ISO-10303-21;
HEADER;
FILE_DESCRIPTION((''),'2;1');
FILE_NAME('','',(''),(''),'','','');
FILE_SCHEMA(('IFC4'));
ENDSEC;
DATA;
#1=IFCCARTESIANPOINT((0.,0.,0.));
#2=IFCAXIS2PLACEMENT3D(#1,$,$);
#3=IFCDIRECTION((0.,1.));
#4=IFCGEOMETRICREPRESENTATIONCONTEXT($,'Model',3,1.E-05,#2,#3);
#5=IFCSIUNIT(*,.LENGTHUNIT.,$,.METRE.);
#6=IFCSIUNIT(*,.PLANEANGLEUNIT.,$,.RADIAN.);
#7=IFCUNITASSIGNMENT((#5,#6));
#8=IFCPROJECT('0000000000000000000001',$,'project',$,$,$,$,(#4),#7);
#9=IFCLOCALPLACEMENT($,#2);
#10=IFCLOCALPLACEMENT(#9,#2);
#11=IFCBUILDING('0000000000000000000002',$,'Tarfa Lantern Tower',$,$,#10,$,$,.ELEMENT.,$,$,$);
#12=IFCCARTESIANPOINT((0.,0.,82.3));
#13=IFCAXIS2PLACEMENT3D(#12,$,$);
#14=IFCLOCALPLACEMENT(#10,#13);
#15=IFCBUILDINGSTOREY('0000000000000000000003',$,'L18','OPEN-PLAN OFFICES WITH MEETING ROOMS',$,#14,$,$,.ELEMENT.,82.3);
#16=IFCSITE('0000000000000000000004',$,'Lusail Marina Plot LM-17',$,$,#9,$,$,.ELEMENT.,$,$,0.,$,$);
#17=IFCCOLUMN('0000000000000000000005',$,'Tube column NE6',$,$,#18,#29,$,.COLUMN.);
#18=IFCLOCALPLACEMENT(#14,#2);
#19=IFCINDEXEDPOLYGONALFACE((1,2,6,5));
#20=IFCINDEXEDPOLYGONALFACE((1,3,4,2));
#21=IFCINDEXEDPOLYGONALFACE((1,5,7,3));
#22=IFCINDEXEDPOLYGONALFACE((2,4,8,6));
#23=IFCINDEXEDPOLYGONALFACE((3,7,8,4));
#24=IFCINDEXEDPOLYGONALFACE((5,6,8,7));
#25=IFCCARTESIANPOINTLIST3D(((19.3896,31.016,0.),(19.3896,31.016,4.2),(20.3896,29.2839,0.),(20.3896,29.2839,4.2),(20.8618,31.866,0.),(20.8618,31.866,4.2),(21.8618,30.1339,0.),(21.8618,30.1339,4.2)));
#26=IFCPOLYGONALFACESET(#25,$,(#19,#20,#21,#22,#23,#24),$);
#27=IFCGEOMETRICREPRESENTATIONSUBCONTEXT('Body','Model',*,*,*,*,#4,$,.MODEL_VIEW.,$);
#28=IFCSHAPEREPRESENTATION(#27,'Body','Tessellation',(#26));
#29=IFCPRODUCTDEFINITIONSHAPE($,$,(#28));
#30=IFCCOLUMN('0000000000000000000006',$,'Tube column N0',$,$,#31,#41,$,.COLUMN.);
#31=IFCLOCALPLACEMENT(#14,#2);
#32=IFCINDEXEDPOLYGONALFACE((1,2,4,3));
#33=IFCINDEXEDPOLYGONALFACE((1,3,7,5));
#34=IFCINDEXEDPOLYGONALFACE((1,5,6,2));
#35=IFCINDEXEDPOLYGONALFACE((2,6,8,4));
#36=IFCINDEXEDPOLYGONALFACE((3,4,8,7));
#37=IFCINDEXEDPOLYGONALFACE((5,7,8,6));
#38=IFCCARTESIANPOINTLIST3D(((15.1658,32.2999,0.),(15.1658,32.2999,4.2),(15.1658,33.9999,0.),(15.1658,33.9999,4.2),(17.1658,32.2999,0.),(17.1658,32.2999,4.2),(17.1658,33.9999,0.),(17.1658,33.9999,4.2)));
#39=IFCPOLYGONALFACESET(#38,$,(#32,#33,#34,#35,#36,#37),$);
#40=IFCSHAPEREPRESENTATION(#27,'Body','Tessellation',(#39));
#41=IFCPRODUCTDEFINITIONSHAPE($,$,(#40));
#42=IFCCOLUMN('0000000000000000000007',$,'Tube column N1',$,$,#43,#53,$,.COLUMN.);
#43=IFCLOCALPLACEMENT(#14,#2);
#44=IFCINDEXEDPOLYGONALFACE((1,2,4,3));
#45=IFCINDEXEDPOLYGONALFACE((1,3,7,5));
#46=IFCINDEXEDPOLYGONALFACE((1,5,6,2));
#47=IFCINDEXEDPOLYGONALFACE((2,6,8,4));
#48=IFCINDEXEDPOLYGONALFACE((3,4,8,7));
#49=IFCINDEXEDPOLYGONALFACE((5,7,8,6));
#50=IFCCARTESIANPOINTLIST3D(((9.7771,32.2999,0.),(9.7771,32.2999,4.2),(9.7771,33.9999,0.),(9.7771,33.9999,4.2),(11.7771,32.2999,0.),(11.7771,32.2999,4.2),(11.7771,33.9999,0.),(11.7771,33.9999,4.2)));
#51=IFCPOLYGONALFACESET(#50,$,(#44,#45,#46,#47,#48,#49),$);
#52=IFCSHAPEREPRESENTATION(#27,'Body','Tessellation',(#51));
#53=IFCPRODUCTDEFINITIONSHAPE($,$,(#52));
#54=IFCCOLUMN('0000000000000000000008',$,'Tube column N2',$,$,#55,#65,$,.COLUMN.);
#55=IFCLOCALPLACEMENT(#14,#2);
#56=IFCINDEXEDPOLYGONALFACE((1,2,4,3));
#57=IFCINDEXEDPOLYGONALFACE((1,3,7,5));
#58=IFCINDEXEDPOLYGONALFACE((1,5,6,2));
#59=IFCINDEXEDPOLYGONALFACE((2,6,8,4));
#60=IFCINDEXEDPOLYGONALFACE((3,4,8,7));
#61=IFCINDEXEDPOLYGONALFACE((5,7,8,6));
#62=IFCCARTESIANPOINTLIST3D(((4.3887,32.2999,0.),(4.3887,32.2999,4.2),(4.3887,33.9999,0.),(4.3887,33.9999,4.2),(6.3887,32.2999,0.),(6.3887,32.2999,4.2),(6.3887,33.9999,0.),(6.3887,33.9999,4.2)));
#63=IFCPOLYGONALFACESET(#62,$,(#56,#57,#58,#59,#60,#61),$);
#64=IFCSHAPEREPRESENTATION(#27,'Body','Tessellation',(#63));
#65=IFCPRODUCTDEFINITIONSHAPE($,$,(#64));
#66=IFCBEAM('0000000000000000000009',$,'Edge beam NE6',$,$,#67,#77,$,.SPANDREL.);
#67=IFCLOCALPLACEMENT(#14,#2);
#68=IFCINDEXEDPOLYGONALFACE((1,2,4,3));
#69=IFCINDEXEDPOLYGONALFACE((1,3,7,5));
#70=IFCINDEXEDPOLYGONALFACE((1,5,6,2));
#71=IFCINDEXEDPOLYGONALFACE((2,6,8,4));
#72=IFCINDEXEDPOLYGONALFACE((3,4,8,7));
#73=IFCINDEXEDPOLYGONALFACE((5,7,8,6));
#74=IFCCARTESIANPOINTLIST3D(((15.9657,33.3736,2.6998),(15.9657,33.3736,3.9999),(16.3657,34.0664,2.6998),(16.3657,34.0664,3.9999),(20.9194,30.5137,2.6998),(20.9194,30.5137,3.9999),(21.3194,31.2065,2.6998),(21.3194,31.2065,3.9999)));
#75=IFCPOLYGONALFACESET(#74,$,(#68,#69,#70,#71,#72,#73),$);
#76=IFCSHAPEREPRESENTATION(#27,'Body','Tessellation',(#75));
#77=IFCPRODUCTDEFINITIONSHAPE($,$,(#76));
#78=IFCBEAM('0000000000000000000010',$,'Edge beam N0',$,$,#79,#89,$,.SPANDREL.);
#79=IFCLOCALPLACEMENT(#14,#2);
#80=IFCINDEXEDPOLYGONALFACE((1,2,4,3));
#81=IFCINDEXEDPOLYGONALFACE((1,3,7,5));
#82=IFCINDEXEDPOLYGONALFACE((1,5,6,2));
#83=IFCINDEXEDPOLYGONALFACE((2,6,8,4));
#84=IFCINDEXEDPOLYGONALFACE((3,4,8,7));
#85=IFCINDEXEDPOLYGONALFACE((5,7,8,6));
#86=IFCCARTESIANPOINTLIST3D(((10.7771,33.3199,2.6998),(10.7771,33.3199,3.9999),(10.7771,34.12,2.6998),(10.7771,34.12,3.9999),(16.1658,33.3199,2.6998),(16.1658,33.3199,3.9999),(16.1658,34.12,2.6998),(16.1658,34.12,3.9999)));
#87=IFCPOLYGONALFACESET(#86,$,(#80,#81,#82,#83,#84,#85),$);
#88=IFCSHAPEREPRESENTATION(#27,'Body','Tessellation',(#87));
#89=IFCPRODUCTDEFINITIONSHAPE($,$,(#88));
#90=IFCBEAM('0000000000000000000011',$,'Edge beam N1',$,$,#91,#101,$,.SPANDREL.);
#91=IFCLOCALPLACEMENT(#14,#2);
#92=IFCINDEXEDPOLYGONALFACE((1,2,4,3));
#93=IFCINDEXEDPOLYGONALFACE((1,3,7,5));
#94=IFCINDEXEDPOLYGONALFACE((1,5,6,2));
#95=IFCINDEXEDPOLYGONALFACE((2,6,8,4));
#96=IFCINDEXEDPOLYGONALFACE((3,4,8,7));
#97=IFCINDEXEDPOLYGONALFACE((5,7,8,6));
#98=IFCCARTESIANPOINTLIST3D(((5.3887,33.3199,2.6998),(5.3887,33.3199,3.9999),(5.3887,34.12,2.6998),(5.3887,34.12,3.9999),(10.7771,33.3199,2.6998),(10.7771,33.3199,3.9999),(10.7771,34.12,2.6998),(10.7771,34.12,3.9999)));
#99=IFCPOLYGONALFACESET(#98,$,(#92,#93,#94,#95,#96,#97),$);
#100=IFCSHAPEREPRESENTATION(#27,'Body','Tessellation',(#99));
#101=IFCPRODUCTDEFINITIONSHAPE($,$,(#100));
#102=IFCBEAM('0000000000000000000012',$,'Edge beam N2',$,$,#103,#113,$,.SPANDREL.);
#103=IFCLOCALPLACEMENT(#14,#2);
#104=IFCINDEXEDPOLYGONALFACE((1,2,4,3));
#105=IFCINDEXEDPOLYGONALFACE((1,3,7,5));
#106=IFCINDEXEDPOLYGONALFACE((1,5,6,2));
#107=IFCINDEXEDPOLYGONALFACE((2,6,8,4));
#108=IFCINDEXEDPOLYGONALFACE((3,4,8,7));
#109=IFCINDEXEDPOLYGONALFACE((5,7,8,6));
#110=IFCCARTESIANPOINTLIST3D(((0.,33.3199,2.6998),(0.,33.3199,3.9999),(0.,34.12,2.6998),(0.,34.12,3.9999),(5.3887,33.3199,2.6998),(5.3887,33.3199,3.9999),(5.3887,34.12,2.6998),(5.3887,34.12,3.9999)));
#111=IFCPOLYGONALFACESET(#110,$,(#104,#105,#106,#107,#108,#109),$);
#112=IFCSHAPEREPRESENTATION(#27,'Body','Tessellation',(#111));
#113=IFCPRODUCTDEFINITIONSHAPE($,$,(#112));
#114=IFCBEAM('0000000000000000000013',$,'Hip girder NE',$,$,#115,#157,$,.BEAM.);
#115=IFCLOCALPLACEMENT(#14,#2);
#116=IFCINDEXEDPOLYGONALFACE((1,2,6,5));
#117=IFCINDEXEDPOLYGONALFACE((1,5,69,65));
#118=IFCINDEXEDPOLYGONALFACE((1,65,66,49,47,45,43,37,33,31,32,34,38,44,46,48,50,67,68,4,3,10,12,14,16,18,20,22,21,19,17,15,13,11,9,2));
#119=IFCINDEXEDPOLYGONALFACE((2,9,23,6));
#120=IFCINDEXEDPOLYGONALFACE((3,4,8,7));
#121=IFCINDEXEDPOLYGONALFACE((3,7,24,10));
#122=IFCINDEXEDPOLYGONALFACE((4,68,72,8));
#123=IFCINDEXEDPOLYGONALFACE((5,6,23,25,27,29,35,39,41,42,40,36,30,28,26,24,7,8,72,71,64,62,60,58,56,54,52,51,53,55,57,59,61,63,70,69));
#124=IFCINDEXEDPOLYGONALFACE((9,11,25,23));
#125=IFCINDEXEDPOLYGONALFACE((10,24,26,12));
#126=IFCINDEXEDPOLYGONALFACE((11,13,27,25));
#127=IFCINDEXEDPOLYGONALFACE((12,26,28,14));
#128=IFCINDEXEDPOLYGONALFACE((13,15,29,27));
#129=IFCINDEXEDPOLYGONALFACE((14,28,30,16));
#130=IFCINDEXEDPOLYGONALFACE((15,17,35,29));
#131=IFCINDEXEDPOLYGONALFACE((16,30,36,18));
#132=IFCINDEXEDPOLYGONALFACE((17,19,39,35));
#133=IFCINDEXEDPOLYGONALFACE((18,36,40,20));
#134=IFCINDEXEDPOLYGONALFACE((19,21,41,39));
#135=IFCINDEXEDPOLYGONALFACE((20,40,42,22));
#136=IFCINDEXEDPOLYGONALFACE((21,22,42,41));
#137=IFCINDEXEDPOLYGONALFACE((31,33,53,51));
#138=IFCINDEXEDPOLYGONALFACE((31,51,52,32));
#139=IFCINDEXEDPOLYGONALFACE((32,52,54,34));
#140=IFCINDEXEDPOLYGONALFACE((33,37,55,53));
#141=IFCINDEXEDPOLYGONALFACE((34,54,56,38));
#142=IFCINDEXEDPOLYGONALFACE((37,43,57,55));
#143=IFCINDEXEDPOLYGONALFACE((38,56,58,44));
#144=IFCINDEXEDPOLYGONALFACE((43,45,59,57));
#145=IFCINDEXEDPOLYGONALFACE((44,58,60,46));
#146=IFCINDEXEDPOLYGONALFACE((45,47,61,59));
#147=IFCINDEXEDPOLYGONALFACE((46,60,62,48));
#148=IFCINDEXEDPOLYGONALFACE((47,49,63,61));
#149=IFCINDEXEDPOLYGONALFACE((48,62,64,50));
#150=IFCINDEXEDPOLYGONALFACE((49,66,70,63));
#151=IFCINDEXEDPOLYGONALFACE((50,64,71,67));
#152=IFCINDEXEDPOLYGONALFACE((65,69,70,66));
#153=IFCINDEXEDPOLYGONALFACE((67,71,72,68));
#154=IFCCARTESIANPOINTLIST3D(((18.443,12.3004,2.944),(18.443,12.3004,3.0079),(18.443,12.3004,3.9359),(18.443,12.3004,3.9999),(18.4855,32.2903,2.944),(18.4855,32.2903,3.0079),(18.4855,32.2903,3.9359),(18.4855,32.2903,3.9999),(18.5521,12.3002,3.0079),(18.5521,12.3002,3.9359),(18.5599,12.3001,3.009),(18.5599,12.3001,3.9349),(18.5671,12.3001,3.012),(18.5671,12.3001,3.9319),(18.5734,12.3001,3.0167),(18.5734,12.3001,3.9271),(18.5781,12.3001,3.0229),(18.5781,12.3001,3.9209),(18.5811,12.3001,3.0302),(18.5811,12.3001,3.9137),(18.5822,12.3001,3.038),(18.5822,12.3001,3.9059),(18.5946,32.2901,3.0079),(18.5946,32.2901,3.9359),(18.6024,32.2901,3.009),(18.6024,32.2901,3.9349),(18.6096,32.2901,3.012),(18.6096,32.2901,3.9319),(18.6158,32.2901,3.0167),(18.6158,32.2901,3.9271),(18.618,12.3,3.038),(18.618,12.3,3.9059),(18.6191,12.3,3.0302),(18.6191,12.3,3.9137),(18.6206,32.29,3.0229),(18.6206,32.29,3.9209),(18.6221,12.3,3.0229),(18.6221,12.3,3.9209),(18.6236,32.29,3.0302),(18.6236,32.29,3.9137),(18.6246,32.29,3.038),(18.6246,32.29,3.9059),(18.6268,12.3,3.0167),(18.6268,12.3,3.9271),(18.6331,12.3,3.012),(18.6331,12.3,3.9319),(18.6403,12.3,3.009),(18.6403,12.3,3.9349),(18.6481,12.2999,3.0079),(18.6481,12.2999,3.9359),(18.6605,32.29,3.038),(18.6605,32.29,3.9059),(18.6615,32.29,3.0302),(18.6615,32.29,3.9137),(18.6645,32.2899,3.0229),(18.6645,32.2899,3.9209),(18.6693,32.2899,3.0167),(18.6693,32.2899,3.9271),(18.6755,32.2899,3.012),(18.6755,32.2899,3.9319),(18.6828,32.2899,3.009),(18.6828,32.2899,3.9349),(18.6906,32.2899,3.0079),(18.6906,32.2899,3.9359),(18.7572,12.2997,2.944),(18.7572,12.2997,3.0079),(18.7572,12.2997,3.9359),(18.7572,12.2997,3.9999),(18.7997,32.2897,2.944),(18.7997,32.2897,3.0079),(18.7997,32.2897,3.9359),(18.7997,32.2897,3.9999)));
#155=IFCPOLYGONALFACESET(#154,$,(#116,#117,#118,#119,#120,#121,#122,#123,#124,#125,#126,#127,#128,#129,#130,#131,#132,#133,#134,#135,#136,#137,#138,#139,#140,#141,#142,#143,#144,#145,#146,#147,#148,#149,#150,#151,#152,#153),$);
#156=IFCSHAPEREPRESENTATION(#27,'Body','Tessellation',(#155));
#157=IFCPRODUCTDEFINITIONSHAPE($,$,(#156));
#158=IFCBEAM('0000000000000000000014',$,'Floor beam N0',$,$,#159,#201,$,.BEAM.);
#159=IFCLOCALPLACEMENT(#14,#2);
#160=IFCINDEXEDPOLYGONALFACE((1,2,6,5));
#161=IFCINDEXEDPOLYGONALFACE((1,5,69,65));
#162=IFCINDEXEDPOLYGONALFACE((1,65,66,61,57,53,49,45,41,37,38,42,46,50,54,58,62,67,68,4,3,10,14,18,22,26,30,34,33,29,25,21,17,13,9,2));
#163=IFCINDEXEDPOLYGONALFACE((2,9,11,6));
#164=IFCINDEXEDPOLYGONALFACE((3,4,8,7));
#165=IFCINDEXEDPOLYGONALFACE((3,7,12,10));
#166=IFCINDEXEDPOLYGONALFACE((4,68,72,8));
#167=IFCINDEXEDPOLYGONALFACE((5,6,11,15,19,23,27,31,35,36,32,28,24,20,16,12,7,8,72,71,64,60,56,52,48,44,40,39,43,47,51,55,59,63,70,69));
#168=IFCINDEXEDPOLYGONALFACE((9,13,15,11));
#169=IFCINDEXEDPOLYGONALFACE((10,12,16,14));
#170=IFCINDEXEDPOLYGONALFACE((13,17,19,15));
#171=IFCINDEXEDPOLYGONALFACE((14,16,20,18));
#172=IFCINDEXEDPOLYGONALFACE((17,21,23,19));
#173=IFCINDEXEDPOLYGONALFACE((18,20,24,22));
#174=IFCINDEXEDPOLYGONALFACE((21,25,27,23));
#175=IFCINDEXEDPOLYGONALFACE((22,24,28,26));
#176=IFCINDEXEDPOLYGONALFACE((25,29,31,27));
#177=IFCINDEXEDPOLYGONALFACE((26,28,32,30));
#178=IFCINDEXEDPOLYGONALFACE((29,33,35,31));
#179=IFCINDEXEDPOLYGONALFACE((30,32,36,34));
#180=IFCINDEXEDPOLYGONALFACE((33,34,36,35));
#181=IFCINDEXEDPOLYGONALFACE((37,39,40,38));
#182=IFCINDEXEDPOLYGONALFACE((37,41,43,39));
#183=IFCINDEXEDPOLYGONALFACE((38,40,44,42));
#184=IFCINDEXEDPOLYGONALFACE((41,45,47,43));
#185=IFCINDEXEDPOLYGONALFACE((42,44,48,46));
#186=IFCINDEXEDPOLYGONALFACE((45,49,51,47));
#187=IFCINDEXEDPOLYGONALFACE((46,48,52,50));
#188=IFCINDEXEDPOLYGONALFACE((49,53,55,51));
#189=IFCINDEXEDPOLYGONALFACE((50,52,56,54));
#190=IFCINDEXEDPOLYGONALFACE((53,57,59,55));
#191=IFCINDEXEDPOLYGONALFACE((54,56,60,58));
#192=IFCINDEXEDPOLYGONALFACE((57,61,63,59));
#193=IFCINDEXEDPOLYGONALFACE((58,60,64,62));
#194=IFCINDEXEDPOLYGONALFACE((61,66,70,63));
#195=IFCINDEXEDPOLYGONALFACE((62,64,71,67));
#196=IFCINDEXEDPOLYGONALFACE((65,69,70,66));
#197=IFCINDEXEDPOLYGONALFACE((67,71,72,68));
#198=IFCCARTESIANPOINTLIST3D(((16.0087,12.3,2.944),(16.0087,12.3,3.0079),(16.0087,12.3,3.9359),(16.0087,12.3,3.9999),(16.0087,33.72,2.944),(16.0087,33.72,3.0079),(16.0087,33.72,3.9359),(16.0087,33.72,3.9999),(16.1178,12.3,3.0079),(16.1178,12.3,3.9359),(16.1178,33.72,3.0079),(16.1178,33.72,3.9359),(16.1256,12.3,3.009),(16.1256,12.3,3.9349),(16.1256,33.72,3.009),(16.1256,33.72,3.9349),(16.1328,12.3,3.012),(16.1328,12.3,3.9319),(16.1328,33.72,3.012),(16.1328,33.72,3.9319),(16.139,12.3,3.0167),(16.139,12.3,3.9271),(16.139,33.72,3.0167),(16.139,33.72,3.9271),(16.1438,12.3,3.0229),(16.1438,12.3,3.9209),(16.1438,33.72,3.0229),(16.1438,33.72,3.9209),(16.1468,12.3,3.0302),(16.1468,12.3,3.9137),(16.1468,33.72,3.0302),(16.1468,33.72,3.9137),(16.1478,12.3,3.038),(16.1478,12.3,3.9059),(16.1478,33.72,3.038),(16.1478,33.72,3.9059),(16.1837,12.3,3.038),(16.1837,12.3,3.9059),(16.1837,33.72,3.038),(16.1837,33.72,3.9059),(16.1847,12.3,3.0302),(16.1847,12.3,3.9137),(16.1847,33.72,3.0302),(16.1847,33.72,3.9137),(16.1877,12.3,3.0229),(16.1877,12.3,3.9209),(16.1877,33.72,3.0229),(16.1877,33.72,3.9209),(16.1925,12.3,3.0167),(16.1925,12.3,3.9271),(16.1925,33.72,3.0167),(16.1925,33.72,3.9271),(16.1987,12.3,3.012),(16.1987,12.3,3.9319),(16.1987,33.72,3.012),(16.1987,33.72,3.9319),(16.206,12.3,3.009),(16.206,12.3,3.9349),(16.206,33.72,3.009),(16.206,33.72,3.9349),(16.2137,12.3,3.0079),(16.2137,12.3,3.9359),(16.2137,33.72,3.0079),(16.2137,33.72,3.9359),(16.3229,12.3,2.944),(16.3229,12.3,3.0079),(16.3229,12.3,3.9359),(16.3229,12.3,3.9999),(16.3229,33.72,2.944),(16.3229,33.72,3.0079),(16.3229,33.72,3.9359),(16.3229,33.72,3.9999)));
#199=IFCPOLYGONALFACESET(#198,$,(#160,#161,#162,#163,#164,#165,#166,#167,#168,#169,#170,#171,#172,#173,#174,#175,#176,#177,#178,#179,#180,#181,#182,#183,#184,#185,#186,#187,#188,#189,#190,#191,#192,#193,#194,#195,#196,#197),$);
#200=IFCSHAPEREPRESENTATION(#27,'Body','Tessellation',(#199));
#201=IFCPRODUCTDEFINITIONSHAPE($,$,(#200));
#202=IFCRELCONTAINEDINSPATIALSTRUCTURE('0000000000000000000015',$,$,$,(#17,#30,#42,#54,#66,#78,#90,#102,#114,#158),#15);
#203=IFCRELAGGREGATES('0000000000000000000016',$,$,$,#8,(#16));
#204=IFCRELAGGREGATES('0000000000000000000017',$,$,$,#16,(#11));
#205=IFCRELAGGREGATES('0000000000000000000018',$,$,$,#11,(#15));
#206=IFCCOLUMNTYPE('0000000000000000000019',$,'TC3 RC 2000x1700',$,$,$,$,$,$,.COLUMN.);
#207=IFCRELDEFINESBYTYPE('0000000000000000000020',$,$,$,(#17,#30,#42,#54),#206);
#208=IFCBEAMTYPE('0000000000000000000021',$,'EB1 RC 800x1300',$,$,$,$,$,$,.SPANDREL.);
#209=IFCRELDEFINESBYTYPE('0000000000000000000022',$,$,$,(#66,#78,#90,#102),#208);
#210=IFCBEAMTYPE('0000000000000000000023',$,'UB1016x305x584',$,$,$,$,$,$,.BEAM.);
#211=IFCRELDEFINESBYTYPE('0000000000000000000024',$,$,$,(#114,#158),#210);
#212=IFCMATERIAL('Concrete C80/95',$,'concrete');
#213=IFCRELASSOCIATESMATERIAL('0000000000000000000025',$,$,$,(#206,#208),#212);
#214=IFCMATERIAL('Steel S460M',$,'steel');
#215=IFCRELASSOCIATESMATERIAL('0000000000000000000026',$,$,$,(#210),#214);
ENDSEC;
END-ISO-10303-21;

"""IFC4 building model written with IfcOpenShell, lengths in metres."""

from ifc_helpers import new_model, si_unit, direction, frame, origin, origin_2d, place, context, subcontext, project, spatial, rectangle, i_section, extrude, material, material_profile, profile_set, type_object, element, save


model = new_model("IFC4")

# Units and contexts
model_context = context("Model", 3, precision=1e-05, world=origin(), true_north=direction((0.0, 1.0)))
body_context = subcontext(model_context, "Body", "Model", "MODEL_VIEW")
ifc_project = project(units=[si_unit("LENGTHUNIT", "METRE"), si_unit("PLANEANGLEUNIT", "RADIAN")], contexts=[model_context])

# Site, building, storey
site_placement = place(None, origin())
site = spatial("IfcSite", under=ifc_project, at=site_placement, Name="Lusail Marina Plot LM-17", CompositionType="ELEMENT", RefElevation=0.0)
building_placement = place(site_placement, origin())
building = spatial("IfcBuilding", under=site, at=building_placement, Name="Tarfa Lantern Tower", CompositionType="ELEMENT")
storey_placement = place(building_placement, frame((0.0, 0.0, 82.3)))
storey = spatial("IfcBuildingStorey", under=building, at=storey_placement, Name="L18", Description="OPEN-PLAN OFFICES WITH MEETING ROOMS", CompositionType="ELEMENT", Elevation=82.3)

# Columns
ifc_material_1 = material(Name="Concrete C80/95", Category="concrete")
ifc_material_profile_1 = material_profile(ifc_material_1, rectangle(XDim=2.0, YDim=1.7, at=origin_2d()), Name="RC 2000x1700")
ifc_profile_set_1 = profile_set([ifc_material_profile_1], Name="Concrete C80/95")
column_type = type_object("IfcColumnType", Name="TC3 RC 2000x1700", PredefinedType="COLUMN", material=ifc_profile_set_1)
for number, where, z_axis, x_axis, name in (
    (1, (20.6257, 30.575, 0.0), (0.0, 0.0, 1.0), (-0.5, 0.866025, 0.0), "Tube column NE6"),
    (2, (16.1658, 33.1499, 0.0), (0.0, 0.0, 1.0), (-1.0, 0.0, 0.0), "Tube column N0"),
    (3, (10.7771, 33.1499, 0.0), (0.0, 0.0, 1.0), (-1.0, 0.0, 0.0), "Tube column N1"),
    (4, (5.3887, 33.1499, 0.0), (0.0, 0.0, 1.0), (-1.0, 0.0, 0.0), "Tube column N2"),
):
    element("IfcColumn", number, at=place(storey_placement, frame(where, z_axis=z_axis, x_axis=x_axis)), inside=storey, type_object=column_type, Name=name, PredefinedType="COLUMN", context=body_context, shape_type="SweptSolid", body=[
        extrude(rectangle(XDim=2.0, YDim=1.7, at=origin_2d()), origin(), (0.0, 0.0, 1.0), 4.2),
    ])

# Beams
ifc_material_profile_2 = material_profile(ifc_material_1, rectangle(XDim=0.8, YDim=1.3, at=origin_2d()), Name="RC 800x1300")
ifc_profile_set_2 = profile_set([ifc_material_profile_2], Name="Concrete C80/95")
beam_type_1 = type_object("IfcBeamType", Name="EB1 RC 800x1300", PredefinedType="SPANDREL", material=ifc_profile_set_2)
beam_1_placement = place(storey_placement, frame((21.1194, 30.8601, 3.3499), z_axis=(-0.866033, 0.499986, 0.0), x_axis=(-0.499986, -0.866033, 0.0)))
element("IfcBeam", 5, at=beam_1_placement, inside=storey, type_object=beam_type_1, Name="Edge beam NE6", PredefinedType="SPANDREL", context=body_context, shape_type="SweptSolid", body=[
    extrude(rectangle(XDim=0.8, YDim=1.3, at=origin_2d()), origin(), (0.0, 0.0, 1.0), 5.72),
])
beam_2_placement = place(storey_placement, frame((16.1658, 33.72, 3.3499), z_axis=(-1.0, 0.0, 0.0), x_axis=(0.0, -1.0, 0.0)))
element("IfcBeam", 6, at=beam_2_placement, inside=storey, type_object=beam_type_1, Name="Edge beam N0", PredefinedType="SPANDREL", context=body_context, shape_type="SweptSolid", body=[
    extrude(rectangle(XDim=0.8, YDim=1.3, at=origin_2d()), origin(), (0.0, 0.0, 1.0), 5.3887),
])
beam_3_placement = place(storey_placement, frame((10.7771, 33.72, 3.3499), z_axis=(-1.0, 0.0, 0.0), x_axis=(0.0, -1.0, 0.0)))
element("IfcBeam", 7, at=beam_3_placement, inside=storey, type_object=beam_type_1, Name="Edge beam N1", PredefinedType="SPANDREL", context=body_context, shape_type="SweptSolid", body=[
    extrude(rectangle(XDim=0.8, YDim=1.3, at=origin_2d()), origin(), (0.0, 0.0, 1.0), 5.3884),
])
beam_4_placement = place(storey_placement, frame((5.3887, 33.72, 3.3499), z_axis=(-1.0, 0.0, 0.0), x_axis=(0.0, -1.0, 0.0)))
element("IfcBeam", 8, at=beam_4_placement, inside=storey, type_object=beam_type_1, Name="Edge beam N2", PredefinedType="SPANDREL", context=body_context, shape_type="SweptSolid", body=[
    extrude(rectangle(XDim=0.8, YDim=1.3, at=origin_2d()), origin(), (0.0, 0.0, 1.0), 5.3887),
])
ifc_material_2 = material(Name="Steel S460M", Category="steel")
ifc_material_profile_3 = material_profile(ifc_material_2, i_section(OverallWidth=0.3142, OverallDepth=1.0559, WebThickness=0.0359, FlangeThickness=0.064, FilletRadius=0.03, at=origin_2d()), Name="UB1016x305x584")
ifc_profile_set_3 = profile_set([ifc_material_profile_3], Name="Steel S460M")
beam_type_2 = type_object("IfcBeamType", Name="UB1016x305x584", PredefinedType="BEAM", material=ifc_profile_set_3)
beam_5_placement = place(storey_placement, frame((18.6001, 12.3, 3.4719), z_axis=(0.002125, 0.999998, 0.0), x_axis=(-0.999998, 0.002125, 0.0)))
element("IfcBeam", 9, at=beam_5_placement, inside=storey, type_object=beam_type_2, Name="Hip girder NE", PredefinedType="BEAM", context=body_context, shape_type="SweptSolid", body=[
    extrude(i_section(OverallWidth=0.3142, OverallDepth=1.0559, WebThickness=0.0359, FlangeThickness=0.064, FilletRadius=0.03, at=origin_2d()), origin(), (0.0, 0.0, 1.0), 19.99),
])
for number, where, z_axis, x_axis, name in (
    (10, (16.1658, 33.72, 3.4719), (0.0, -1.0, 0.0), (1.0, 0.0, 0.0), "Floor beam N0"),
):
    element("IfcBeam", number, at=place(storey_placement, frame(where, z_axis=z_axis, x_axis=x_axis)), inside=storey, type_object=beam_type_2, Name=name, PredefinedType="BEAM", context=body_context, shape_type="SweptSolid", body=[
        extrude(i_section(OverallWidth=0.3142, OverallDepth=1.0559, WebThickness=0.0359, FlangeThickness=0.064, FilletRadius=0.03, at=origin_2d()), origin(), (0.0, 0.0, 1.0), 21.4199),
    ])

save(model, "model.ifc")
